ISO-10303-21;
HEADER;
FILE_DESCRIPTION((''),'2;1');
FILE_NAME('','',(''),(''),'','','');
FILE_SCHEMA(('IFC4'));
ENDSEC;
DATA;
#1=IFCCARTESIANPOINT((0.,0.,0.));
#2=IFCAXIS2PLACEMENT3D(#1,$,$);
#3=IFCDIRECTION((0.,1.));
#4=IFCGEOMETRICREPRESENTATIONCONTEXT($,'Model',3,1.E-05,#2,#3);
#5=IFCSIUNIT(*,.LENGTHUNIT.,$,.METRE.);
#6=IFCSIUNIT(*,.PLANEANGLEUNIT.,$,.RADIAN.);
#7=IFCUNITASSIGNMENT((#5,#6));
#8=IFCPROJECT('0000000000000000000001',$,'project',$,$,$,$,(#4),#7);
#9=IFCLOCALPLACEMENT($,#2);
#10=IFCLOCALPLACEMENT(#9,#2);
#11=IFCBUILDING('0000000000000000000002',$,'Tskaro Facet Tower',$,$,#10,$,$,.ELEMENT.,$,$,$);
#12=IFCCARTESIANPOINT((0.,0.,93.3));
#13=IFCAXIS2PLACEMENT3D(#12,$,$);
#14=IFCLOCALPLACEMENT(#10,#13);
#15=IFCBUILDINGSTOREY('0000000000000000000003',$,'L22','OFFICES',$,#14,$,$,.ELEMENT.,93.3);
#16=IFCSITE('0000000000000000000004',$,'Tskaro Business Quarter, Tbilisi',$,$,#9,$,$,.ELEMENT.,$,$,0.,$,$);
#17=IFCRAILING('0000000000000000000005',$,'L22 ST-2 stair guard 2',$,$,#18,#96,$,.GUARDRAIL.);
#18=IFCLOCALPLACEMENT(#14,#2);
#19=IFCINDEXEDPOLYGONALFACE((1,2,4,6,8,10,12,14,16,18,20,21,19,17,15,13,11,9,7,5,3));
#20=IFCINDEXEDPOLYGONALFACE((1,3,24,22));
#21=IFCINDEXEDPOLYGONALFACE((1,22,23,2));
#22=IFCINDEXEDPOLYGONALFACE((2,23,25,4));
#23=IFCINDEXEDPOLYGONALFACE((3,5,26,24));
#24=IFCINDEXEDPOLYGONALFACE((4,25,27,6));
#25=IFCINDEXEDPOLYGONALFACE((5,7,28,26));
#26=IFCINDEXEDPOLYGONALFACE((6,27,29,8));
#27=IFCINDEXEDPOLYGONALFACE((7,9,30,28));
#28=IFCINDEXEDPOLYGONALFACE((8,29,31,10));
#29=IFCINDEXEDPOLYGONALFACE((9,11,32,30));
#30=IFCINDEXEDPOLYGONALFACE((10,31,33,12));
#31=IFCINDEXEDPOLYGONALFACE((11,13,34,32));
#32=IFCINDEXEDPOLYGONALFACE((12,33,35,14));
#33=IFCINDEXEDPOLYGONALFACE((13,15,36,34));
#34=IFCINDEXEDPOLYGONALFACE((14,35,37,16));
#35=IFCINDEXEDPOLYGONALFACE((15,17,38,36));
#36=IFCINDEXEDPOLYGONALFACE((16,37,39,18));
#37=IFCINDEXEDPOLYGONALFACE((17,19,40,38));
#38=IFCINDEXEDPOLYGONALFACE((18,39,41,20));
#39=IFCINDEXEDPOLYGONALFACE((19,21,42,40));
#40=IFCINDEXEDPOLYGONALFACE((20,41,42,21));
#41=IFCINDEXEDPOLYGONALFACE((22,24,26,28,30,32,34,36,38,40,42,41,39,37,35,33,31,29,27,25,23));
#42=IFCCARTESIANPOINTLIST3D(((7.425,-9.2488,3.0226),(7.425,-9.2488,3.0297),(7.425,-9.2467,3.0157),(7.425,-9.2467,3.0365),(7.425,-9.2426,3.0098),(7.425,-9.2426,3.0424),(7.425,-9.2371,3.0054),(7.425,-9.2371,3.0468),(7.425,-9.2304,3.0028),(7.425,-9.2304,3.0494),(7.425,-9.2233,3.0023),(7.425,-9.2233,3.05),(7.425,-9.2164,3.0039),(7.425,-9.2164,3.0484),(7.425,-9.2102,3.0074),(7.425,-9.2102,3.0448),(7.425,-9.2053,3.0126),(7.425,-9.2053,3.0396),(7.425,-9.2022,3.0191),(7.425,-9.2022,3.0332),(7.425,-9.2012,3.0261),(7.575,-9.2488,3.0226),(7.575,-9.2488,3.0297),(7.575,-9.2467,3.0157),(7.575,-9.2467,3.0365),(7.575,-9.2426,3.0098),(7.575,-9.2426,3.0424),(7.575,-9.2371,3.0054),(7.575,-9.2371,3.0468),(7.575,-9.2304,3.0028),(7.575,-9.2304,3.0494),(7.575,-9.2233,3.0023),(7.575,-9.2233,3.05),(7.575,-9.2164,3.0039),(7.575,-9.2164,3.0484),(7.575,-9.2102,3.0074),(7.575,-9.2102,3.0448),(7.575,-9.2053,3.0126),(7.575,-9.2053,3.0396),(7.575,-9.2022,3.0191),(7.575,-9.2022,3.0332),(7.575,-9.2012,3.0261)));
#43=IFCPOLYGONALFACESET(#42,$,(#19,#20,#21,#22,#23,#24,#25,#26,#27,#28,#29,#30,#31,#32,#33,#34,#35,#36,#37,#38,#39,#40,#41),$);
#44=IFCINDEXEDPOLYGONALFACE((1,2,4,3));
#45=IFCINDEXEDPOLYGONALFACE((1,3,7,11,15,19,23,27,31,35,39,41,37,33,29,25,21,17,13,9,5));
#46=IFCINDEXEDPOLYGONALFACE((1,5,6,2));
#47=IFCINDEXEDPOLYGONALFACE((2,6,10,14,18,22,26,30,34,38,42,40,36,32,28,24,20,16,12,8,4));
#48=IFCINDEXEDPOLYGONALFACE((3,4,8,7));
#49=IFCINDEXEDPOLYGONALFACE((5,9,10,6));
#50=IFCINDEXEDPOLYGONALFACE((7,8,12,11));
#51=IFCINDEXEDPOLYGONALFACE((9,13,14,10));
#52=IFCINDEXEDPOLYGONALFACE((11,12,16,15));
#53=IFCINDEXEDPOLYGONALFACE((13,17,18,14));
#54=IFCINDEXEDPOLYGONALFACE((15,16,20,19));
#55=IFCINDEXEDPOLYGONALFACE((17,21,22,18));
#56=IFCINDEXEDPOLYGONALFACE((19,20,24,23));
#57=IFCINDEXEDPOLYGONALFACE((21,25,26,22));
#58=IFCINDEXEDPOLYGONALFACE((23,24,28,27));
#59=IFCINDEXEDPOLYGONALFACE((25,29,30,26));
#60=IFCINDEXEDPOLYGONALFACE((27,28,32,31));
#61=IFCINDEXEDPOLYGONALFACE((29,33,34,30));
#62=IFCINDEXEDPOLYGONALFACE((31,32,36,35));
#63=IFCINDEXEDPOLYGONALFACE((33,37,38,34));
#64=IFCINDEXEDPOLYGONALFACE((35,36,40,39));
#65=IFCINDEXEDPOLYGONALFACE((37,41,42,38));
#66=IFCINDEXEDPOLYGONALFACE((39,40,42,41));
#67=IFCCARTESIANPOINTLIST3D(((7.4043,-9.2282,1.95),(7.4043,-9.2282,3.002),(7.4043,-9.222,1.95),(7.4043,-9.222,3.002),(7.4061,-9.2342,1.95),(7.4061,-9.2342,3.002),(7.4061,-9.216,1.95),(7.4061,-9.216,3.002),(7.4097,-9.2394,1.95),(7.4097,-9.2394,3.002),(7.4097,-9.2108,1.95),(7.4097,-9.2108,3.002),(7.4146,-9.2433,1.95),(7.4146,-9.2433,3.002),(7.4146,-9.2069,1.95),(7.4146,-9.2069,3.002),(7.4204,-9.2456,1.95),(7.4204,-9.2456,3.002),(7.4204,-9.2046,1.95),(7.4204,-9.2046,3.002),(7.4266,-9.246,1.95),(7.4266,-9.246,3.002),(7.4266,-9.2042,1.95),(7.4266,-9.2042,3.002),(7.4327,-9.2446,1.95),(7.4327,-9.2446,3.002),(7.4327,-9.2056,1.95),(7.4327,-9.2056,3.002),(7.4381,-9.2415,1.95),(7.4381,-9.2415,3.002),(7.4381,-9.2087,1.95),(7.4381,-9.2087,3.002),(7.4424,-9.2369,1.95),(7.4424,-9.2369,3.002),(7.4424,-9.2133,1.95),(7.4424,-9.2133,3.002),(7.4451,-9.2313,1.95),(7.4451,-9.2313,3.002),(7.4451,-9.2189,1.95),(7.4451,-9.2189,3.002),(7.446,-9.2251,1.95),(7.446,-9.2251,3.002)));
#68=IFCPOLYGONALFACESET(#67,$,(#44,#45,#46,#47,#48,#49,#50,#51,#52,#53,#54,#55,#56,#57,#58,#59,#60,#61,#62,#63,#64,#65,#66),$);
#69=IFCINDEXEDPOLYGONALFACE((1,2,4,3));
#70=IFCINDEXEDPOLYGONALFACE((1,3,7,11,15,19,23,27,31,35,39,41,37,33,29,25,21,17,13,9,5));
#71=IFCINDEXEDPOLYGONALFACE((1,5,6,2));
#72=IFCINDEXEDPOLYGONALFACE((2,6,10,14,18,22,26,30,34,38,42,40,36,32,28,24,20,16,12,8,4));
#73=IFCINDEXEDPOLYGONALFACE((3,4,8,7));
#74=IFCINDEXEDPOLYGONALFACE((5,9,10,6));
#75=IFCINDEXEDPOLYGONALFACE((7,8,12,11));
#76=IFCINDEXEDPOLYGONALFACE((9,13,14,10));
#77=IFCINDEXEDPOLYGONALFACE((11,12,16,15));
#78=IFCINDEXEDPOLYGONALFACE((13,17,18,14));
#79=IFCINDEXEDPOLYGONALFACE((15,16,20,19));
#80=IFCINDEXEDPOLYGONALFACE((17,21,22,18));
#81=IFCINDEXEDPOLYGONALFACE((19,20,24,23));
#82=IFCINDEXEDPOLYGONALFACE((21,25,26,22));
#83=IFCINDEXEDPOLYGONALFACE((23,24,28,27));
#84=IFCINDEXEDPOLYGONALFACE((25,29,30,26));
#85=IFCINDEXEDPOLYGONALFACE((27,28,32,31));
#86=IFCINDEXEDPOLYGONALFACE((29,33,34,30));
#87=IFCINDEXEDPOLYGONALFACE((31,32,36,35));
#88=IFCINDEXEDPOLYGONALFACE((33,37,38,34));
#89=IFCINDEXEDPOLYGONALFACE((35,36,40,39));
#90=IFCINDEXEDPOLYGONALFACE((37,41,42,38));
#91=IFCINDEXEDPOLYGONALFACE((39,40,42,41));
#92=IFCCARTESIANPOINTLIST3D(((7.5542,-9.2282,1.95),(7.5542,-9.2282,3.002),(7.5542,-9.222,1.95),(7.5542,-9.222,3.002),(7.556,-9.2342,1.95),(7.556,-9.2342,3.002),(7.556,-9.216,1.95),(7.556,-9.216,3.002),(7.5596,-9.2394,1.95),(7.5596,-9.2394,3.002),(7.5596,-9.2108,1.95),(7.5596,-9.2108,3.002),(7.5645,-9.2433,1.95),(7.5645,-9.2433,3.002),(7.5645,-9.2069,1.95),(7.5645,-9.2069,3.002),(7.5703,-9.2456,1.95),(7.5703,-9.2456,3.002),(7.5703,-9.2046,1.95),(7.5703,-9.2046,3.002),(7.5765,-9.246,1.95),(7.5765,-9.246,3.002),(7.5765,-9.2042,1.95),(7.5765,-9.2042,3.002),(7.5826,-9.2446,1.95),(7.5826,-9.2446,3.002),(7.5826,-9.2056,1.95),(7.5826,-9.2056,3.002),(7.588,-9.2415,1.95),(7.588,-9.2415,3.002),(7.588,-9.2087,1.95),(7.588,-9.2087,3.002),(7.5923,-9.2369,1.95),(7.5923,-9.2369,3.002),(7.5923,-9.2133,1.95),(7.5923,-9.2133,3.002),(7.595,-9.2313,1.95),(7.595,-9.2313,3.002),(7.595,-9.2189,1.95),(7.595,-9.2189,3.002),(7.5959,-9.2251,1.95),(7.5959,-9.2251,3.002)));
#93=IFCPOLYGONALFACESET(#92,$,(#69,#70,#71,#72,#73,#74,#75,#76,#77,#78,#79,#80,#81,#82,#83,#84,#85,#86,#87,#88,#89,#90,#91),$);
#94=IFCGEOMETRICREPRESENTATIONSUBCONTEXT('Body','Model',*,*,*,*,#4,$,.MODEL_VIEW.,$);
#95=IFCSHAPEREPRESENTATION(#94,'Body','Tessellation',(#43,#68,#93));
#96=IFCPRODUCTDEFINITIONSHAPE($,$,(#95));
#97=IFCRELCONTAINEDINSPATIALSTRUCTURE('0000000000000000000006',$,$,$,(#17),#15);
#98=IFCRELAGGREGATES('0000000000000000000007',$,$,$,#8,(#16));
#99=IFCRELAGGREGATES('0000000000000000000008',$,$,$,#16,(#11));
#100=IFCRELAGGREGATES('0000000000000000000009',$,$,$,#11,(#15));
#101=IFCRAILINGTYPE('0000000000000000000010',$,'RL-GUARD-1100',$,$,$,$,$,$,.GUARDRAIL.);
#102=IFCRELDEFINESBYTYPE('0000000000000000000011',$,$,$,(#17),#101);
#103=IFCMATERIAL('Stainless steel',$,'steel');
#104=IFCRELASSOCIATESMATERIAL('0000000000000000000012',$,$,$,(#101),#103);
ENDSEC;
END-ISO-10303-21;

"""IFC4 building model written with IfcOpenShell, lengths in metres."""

from ifc_helpers import new_model, si_unit, direction, frame, origin, origin_2d, place, context, subcontext, project, spatial, circle, extrude, material, type_object, element, save


model = new_model("IFC4")

# Units and contexts
model_context = context("Model", 3, precision=1e-05, world=origin(), true_north=direction((0.0, 1.0)))
body_context = subcontext(model_context, "Body", "Model", "MODEL_VIEW")
ifc_project = project(units=[si_unit("LENGTHUNIT", "METRE"), si_unit("PLANEANGLEUNIT", "RADIAN")], contexts=[model_context])

# Site, building, storey
site_placement = place(None, origin())
site = spatial("IfcSite", under=ifc_project, at=site_placement, Name="Tskaro Business Quarter, Tbilisi", CompositionType="ELEMENT", RefElevation=0.0)
building_placement = place(site_placement, origin())
building = spatial("IfcBuilding", under=site, at=building_placement, Name="Tskaro Facet Tower", CompositionType="ELEMENT")
storey_placement = place(building_placement, frame((0.0, 0.0, 93.3)))
storey = spatial("IfcBuildingStorey", under=building, at=storey_placement, Name="L22", Description="OFFICES", CompositionType="ELEMENT", Elevation=93.3)

# Railing
ifc_material_1 = material(Name="Stainless steel", Category="steel")
railing_type_1 = type_object("IfcRailingType", Name="RL-GUARD-1100", PredefinedType="GUARDRAIL", material=ifc_material_1)
railing_1_placement = place(storey_placement, frame((7.425, -9.2251, 1.95)))
element("IfcRailing", 1, at=railing_1_placement, inside=storey, type_object=railing_type_1, Name="L22 ST-2 stair guard 2", PredefinedType="GUARDRAIL", context=body_context, shape_type="SweptSolid", body=[
    extrude(circle(Radius=0.0239, at=origin_2d()), frame((0.0, 0.0, 1.0762), z_axis=(1.0, 0.0, 0.0), x_axis=(0.0, 1.0, 0.0)), (0.0, 0.0, 1.0), 0.1499),
    extrude(circle(Radius=0.021, at=origin_2d()), origin(), (0.0, 0.0, 1.0), 1.052),
    extrude(circle(Radius=0.021, at=origin_2d()), frame((0.1499, 0.0, 0.0)), (0.0, 0.0, 1.0), 1.052),
])

save(model, "model.ifc")
